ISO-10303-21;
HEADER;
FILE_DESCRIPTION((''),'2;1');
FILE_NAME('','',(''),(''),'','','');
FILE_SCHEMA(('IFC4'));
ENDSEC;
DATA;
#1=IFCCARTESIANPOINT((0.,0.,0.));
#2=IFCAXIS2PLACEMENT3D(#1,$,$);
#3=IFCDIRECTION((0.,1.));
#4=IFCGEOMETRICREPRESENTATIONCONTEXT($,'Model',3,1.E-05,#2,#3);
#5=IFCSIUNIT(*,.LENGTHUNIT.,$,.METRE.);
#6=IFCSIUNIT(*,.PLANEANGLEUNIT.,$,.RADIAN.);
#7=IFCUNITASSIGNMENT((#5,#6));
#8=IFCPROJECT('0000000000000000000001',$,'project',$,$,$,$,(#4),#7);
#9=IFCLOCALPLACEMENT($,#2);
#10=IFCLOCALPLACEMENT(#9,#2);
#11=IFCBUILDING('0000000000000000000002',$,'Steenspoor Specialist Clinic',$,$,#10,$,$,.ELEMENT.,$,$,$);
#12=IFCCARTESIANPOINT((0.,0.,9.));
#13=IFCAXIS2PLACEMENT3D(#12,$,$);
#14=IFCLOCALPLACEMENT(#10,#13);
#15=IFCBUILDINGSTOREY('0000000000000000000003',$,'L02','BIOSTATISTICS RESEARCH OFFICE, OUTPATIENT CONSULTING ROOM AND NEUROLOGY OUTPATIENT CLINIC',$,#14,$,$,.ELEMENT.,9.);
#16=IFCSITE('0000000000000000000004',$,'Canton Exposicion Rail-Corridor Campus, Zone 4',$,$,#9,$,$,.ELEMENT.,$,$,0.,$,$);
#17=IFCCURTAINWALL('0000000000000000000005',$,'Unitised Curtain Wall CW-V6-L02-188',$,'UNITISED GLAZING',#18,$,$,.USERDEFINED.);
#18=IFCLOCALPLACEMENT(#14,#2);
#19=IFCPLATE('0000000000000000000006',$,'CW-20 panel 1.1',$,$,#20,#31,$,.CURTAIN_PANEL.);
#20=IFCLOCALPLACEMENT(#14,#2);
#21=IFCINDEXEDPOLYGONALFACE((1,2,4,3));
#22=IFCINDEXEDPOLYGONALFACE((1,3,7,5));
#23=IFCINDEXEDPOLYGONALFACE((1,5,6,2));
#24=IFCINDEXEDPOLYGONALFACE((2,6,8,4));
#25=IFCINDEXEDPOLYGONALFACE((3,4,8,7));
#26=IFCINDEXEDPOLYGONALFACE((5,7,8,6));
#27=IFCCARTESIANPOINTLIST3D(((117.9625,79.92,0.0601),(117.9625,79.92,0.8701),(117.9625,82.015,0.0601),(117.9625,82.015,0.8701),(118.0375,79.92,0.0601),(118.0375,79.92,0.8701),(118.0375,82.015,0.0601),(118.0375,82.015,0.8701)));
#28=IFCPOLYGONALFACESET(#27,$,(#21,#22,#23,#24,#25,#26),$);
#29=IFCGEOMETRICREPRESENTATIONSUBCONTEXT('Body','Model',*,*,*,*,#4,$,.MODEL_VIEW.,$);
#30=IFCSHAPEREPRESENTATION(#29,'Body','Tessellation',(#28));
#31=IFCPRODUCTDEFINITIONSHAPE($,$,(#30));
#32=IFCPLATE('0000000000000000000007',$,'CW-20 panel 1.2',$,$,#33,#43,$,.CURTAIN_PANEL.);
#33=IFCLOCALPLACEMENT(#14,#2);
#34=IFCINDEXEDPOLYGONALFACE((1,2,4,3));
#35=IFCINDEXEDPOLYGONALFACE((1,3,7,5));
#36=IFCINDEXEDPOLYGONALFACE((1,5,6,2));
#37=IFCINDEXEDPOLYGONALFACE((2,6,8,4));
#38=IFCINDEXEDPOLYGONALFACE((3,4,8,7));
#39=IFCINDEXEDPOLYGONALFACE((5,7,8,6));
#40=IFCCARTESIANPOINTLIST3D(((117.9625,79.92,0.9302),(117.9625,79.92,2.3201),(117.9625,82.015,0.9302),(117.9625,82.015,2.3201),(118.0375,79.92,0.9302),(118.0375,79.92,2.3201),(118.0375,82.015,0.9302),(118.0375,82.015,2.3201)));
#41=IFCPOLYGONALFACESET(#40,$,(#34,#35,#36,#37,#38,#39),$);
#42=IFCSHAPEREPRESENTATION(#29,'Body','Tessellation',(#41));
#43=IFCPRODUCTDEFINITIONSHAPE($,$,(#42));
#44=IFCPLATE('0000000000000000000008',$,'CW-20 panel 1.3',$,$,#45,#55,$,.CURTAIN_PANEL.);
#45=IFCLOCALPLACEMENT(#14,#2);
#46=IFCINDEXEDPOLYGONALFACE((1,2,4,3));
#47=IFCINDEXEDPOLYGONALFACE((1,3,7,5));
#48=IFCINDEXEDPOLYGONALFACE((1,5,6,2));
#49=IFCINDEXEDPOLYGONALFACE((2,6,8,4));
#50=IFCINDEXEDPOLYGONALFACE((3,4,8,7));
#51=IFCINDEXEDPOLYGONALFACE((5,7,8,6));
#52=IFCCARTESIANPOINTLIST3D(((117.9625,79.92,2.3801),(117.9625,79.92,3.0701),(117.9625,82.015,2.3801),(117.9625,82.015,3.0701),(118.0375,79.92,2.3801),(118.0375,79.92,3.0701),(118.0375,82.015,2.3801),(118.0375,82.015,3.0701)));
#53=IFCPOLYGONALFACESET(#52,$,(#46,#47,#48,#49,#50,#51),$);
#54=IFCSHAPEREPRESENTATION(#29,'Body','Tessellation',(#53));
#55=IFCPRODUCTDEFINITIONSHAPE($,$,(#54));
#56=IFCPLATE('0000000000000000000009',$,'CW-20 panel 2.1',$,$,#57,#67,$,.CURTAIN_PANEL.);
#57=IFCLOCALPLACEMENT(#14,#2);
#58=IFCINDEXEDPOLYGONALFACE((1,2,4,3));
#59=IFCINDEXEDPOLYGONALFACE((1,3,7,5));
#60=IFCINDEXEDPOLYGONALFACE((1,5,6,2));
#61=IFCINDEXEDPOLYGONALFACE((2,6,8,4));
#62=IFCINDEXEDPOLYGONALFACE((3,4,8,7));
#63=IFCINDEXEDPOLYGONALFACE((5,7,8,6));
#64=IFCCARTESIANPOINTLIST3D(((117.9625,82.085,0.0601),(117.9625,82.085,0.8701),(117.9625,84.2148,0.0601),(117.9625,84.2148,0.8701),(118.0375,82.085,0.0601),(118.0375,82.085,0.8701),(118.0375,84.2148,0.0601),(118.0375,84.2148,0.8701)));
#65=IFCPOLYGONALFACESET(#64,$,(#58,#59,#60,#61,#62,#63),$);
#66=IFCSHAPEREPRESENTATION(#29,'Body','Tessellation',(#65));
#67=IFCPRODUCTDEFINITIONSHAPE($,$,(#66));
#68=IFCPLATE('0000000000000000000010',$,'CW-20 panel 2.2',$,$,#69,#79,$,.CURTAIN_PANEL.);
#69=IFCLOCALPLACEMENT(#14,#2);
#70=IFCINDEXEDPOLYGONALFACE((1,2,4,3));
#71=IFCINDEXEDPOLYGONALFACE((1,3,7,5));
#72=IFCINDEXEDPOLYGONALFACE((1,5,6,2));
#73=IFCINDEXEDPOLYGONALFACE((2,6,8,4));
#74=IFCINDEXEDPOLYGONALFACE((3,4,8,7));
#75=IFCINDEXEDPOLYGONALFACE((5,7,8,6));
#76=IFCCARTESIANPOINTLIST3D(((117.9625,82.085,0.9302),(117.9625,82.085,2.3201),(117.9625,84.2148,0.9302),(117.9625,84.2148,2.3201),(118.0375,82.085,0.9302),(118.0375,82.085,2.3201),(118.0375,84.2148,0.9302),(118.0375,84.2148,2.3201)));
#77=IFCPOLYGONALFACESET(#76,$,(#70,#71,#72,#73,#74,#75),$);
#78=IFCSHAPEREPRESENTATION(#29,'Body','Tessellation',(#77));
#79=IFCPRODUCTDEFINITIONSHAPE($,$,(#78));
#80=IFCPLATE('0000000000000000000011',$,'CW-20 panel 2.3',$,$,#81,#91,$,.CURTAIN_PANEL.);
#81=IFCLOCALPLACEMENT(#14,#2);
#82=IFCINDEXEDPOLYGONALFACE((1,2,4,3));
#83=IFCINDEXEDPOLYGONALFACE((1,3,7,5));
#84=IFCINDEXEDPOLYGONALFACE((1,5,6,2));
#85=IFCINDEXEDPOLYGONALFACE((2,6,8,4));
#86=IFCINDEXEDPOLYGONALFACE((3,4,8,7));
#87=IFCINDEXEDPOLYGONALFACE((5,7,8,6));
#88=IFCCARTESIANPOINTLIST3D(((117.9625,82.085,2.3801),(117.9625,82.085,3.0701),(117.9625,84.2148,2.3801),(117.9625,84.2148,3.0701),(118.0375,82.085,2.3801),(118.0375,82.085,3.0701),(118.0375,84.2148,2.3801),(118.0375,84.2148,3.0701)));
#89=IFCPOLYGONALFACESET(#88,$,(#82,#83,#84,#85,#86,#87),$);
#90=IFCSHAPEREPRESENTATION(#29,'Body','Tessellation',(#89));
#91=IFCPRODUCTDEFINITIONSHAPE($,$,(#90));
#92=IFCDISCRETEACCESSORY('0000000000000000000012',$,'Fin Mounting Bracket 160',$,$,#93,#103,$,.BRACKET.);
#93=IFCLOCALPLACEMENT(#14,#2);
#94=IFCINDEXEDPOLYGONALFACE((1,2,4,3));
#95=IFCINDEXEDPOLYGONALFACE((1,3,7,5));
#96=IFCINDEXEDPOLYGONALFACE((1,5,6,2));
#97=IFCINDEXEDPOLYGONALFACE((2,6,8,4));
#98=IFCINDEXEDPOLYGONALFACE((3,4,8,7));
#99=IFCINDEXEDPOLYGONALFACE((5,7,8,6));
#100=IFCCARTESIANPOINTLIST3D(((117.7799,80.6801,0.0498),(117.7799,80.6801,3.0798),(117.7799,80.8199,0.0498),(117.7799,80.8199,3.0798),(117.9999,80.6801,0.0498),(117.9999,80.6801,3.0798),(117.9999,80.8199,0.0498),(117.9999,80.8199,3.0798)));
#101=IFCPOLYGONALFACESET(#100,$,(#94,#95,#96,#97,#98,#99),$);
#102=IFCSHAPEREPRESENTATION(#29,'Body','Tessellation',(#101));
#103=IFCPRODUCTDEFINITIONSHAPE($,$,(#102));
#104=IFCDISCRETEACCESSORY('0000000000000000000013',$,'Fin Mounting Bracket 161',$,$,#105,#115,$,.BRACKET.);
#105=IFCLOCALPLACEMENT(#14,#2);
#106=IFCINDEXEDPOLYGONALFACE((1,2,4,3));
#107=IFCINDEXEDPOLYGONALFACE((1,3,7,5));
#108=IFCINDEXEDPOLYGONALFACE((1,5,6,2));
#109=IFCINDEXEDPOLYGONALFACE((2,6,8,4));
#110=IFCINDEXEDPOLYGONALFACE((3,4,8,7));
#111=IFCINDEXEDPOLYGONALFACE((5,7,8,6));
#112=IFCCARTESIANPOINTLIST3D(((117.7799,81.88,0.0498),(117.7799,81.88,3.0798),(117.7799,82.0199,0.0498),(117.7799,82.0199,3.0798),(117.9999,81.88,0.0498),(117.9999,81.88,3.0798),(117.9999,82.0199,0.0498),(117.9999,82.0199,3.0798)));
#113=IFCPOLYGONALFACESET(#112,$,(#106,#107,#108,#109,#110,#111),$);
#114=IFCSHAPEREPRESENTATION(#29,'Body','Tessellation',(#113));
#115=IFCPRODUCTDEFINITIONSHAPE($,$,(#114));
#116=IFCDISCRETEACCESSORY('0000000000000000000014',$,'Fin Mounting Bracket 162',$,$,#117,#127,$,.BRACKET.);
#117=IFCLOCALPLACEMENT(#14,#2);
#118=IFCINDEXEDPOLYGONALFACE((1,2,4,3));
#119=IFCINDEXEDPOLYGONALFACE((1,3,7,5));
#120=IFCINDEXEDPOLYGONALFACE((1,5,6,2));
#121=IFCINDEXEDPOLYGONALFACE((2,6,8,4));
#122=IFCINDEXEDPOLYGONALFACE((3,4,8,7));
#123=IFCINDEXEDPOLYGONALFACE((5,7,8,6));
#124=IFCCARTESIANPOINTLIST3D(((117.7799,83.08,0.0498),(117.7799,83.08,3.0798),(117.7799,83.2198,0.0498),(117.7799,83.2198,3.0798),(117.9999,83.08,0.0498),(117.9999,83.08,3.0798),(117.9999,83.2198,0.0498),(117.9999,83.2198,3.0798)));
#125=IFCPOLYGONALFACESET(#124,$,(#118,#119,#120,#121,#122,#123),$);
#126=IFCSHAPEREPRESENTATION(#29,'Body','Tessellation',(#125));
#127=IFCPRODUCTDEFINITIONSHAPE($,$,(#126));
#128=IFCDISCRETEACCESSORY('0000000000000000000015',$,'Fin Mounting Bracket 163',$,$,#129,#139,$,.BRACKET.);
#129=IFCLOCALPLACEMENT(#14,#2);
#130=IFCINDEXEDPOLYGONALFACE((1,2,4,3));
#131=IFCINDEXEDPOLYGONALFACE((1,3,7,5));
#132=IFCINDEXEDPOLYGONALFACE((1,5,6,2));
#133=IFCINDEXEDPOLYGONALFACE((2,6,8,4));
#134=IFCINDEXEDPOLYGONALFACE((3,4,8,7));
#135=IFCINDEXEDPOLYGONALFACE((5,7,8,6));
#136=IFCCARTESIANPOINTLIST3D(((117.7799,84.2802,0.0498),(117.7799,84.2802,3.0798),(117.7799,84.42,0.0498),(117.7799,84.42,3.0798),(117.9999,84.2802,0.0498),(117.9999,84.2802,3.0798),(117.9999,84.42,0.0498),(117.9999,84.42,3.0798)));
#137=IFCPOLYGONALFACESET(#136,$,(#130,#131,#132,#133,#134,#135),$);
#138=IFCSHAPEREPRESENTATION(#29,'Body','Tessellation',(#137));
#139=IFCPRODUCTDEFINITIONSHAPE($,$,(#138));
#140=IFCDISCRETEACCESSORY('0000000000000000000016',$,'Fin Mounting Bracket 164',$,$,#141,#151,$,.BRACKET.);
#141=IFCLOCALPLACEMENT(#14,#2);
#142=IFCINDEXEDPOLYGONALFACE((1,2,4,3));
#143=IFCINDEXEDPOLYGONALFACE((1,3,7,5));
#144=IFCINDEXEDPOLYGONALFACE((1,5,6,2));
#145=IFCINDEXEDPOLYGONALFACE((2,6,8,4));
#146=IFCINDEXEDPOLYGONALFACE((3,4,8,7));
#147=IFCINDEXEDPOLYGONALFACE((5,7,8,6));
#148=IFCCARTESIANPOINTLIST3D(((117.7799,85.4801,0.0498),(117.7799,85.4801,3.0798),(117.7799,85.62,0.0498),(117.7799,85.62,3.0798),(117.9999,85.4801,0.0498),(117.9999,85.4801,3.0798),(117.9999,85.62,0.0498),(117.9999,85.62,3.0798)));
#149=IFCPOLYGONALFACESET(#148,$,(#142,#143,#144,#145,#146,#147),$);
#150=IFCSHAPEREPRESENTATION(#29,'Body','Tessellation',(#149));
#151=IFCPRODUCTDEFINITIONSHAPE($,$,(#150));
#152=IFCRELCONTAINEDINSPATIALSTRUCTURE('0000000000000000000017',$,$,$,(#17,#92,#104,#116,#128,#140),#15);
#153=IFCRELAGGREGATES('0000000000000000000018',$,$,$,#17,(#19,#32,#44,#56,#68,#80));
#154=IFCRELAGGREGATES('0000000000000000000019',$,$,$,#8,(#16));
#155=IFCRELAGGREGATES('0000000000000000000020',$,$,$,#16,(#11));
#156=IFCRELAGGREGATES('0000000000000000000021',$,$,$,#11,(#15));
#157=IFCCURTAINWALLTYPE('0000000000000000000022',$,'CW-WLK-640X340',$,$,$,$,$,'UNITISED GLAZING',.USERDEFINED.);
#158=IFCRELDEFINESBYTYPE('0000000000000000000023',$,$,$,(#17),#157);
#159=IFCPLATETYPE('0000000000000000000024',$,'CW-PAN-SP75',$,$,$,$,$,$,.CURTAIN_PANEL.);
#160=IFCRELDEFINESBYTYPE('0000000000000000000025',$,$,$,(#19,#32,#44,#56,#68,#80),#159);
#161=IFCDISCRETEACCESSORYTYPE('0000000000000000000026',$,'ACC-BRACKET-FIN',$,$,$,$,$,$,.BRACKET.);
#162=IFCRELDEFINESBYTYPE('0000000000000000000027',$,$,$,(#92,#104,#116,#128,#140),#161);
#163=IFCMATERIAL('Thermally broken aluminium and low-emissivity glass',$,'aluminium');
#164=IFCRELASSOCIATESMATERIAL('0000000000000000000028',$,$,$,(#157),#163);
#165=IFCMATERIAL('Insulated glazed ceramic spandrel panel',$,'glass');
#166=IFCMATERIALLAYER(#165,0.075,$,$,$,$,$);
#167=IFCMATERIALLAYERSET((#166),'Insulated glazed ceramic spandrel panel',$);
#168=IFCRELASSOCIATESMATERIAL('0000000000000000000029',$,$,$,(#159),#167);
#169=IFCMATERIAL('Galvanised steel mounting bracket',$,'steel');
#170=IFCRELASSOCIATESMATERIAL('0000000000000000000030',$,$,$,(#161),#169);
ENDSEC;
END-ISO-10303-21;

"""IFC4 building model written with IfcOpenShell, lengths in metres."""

from ifc_helpers import new_model, si_unit, direction, frame, origin, origin_2d, place, context, subcontext, project, spatial, rectangle, extrude, material, layer, layer_set, type_object, element, aggregate, save


model = new_model("IFC4")

# Units and contexts
model_context = context("Model", 3, precision=1e-05, world=origin(), true_north=direction((0.0, 1.0)))
body_context = subcontext(model_context, "Body", "Model", "MODEL_VIEW")
ifc_project = project(units=[si_unit("LENGTHUNIT", "METRE"), si_unit("PLANEANGLEUNIT", "RADIAN")], contexts=[model_context])

# Site, building, storey
site_placement = place(None, origin())
site = spatial("IfcSite", under=ifc_project, at=site_placement, Name="Canton Exposicion Rail-Corridor Campus, Zone 4", CompositionType="ELEMENT", RefElevation=0.0)
building_placement = place(site_placement, origin())
building = spatial("IfcBuilding", under=site, at=building_placement, Name="Steenspoor Specialist Clinic", CompositionType="ELEMENT")
storey_placement = place(building_placement, frame((0.0, 0.0, 9.0)))
storey = spatial("IfcBuildingStorey", under=building, at=storey_placement, Name="L02", Description="BIOSTATISTICS RESEARCH OFFICE, OUTPATIENT CONSULTING ROOM AND NEUROLOGY OUTPATIENT CLINIC", CompositionType="ELEMENT", Elevation=9.0)

# Curtain wall
ifc_material_1 = material(Name="Thermally broken aluminium and low-emissivity glass", Category="aluminium")
curtain_wall_type = type_object("IfcCurtainWallType", Name="CW-WLK-640X340", ElementType="UNITISED GLAZING", PredefinedType="USERDEFINED", material=ifc_material_1)
curtain_wall_placement = place(storey_placement, origin())
curtain_wall = element("IfcCurtainWall", 1, at=curtain_wall_placement, inside=storey, type_object=curtain_wall_type, Name="Unitised Curtain Wall CW-V6-L02-188", ObjectType="UNITISED GLAZING", PredefinedType="USERDEFINED")

# Plates
ifc_material_2 = material(Name="Insulated glazed ceramic spandrel panel", Category="glass")
ifc_layer = layer(ifc_material_2, 0.075)
ifc_layer_set = layer_set([ifc_layer], Name="Insulated glazed ceramic spandrel panel")
plate_type = type_object("IfcPlateType", Name="CW-PAN-SP75", PredefinedType="CURTAIN_PANEL", material=ifc_layer_set)
plate_1_placement = place(storey_placement, frame((118.0, 80.9675, 0.0601), z_axis=(0.0, 0.0, 1.0), x_axis=(0.0, 1.0, 0.0)))
plate_1 = element("IfcPlate", 2, at=plate_1_placement, type_object=plate_type, Name="CW-20 panel 1.1", PredefinedType="CURTAIN_PANEL", context=body_context, shape_type="SweptSolid", body=[
    extrude(rectangle(XDim=2.095, YDim=0.075, at=origin_2d()), origin(), (0.0, 0.0, 1.0), 0.8101),
])
plate_2_placement = place(storey_placement, frame((118.0, 80.9675, 0.9302), z_axis=(0.0, 0.0, 1.0), x_axis=(0.0, 1.0, 0.0)))
plate_2 = element("IfcPlate", 3, at=plate_2_placement, type_object=plate_type, Name="CW-20 panel 1.2", PredefinedType="CURTAIN_PANEL", context=body_context, shape_type="SweptSolid", body=[
    extrude(rectangle(XDim=2.095, YDim=0.075, at=origin_2d()), origin(), (0.0, 0.0, 1.0), 1.3899),
])
plate_3_placement = place(storey_placement, frame((118.0, 80.9675, 2.3801), z_axis=(0.0, 0.0, 1.0), x_axis=(0.0, 1.0, 0.0)))
plate_3 = element("IfcPlate", 4, at=plate_3_placement, type_object=plate_type, Name="CW-20 panel 1.3", PredefinedType="CURTAIN_PANEL", context=body_context, shape_type="SweptSolid", body=[
    extrude(rectangle(XDim=2.095, YDim=0.075, at=origin_2d()), origin(), (0.0, 0.0, 1.0), 0.6899),
])
plate_4_placement = place(storey_placement, frame((118.0, 83.1499, 0.0601), z_axis=(0.0, 0.0, 1.0), x_axis=(0.0, 1.0, 0.0)))
plate_4 = element("IfcPlate", 5, at=plate_4_placement, type_object=plate_type, Name="CW-20 panel 2.1", PredefinedType="CURTAIN_PANEL", context=body_context, shape_type="SweptSolid", body=[
    extrude(rectangle(XDim=2.1299, YDim=0.075, at=origin_2d()), origin(), (0.0, 0.0, 1.0), 0.8101),
])
plate_5_placement = place(storey_placement, frame((118.0, 83.1499, 0.9302), z_axis=(0.0, 0.0, 1.0), x_axis=(0.0, 1.0, 0.0)))
plate_5 = element("IfcPlate", 6, at=plate_5_placement, type_object=plate_type, Name="CW-20 panel 2.2", PredefinedType="CURTAIN_PANEL", context=body_context, shape_type="SweptSolid", body=[
    extrude(rectangle(XDim=2.1299, YDim=0.075, at=origin_2d()), origin(), (0.0, 0.0, 1.0), 1.3899),
])
plate_6_placement = place(storey_placement, frame((118.0, 83.1499, 2.3801), z_axis=(0.0, 0.0, 1.0), x_axis=(0.0, 1.0, 0.0)))
plate_6 = element("IfcPlate", 7, at=plate_6_placement, type_object=plate_type, Name="CW-20 panel 2.3", PredefinedType="CURTAIN_PANEL", context=body_context, shape_type="SweptSolid", body=[
    extrude(rectangle(XDim=2.1299, YDim=0.075, at=origin_2d()), origin(), (0.0, 0.0, 1.0), 0.6899),
])
aggregate(curtain_wall, [plate_1, plate_2, plate_3, plate_4, plate_5, plate_6])

# Discrete accessories
ifc_material_3 = material(Name="Galvanised steel mounting bracket", Category="steel")
discrete_accessory_type = type_object("IfcDiscreteAccessoryType", Name="ACC-BRACKET-FIN", PredefinedType="BRACKET", material=ifc_material_3)
for number, where, z_axis, x_axis, name in (
    (8, (117.8899, 80.75, 0.0498), (0.0, 0.0, 1.0), (-1.0, 0.0, 0.0), "Fin Mounting Bracket 160"),
    (9, (117.8899, 81.95, 0.0498), (0.0, 0.0, 1.0), (-1.0, 0.0, 0.0), "Fin Mounting Bracket 161"),
    (10, (117.8899, 83.1499, 0.0498), (0.0, 0.0, 1.0), (-1.0, 0.0, 0.0), "Fin Mounting Bracket 162"),
    (11, (117.8899, 84.3501, 0.0498), (0.0, 0.0, 1.0), (-1.0, 0.0, 0.0), "Fin Mounting Bracket 163"),
    (12, (117.8899, 85.55, 0.0498), (0.0, 0.0, 1.0), (-1.0, 0.0, 0.0), "Fin Mounting Bracket 164"),
):
    element("IfcDiscreteAccessory", number, at=place(storey_placement, frame(where, z_axis=z_axis, x_axis=x_axis)), inside=storey, type_object=discrete_accessory_type, Name=name, PredefinedType="BRACKET", context=body_context, shape_type="SweptSolid", body=[
        extrude(rectangle(XDim=0.22, YDim=0.1399, at=origin_2d()), origin(), (0.0, 0.0, 1.0), 3.03),
    ])

save(model, "model.ifc")
